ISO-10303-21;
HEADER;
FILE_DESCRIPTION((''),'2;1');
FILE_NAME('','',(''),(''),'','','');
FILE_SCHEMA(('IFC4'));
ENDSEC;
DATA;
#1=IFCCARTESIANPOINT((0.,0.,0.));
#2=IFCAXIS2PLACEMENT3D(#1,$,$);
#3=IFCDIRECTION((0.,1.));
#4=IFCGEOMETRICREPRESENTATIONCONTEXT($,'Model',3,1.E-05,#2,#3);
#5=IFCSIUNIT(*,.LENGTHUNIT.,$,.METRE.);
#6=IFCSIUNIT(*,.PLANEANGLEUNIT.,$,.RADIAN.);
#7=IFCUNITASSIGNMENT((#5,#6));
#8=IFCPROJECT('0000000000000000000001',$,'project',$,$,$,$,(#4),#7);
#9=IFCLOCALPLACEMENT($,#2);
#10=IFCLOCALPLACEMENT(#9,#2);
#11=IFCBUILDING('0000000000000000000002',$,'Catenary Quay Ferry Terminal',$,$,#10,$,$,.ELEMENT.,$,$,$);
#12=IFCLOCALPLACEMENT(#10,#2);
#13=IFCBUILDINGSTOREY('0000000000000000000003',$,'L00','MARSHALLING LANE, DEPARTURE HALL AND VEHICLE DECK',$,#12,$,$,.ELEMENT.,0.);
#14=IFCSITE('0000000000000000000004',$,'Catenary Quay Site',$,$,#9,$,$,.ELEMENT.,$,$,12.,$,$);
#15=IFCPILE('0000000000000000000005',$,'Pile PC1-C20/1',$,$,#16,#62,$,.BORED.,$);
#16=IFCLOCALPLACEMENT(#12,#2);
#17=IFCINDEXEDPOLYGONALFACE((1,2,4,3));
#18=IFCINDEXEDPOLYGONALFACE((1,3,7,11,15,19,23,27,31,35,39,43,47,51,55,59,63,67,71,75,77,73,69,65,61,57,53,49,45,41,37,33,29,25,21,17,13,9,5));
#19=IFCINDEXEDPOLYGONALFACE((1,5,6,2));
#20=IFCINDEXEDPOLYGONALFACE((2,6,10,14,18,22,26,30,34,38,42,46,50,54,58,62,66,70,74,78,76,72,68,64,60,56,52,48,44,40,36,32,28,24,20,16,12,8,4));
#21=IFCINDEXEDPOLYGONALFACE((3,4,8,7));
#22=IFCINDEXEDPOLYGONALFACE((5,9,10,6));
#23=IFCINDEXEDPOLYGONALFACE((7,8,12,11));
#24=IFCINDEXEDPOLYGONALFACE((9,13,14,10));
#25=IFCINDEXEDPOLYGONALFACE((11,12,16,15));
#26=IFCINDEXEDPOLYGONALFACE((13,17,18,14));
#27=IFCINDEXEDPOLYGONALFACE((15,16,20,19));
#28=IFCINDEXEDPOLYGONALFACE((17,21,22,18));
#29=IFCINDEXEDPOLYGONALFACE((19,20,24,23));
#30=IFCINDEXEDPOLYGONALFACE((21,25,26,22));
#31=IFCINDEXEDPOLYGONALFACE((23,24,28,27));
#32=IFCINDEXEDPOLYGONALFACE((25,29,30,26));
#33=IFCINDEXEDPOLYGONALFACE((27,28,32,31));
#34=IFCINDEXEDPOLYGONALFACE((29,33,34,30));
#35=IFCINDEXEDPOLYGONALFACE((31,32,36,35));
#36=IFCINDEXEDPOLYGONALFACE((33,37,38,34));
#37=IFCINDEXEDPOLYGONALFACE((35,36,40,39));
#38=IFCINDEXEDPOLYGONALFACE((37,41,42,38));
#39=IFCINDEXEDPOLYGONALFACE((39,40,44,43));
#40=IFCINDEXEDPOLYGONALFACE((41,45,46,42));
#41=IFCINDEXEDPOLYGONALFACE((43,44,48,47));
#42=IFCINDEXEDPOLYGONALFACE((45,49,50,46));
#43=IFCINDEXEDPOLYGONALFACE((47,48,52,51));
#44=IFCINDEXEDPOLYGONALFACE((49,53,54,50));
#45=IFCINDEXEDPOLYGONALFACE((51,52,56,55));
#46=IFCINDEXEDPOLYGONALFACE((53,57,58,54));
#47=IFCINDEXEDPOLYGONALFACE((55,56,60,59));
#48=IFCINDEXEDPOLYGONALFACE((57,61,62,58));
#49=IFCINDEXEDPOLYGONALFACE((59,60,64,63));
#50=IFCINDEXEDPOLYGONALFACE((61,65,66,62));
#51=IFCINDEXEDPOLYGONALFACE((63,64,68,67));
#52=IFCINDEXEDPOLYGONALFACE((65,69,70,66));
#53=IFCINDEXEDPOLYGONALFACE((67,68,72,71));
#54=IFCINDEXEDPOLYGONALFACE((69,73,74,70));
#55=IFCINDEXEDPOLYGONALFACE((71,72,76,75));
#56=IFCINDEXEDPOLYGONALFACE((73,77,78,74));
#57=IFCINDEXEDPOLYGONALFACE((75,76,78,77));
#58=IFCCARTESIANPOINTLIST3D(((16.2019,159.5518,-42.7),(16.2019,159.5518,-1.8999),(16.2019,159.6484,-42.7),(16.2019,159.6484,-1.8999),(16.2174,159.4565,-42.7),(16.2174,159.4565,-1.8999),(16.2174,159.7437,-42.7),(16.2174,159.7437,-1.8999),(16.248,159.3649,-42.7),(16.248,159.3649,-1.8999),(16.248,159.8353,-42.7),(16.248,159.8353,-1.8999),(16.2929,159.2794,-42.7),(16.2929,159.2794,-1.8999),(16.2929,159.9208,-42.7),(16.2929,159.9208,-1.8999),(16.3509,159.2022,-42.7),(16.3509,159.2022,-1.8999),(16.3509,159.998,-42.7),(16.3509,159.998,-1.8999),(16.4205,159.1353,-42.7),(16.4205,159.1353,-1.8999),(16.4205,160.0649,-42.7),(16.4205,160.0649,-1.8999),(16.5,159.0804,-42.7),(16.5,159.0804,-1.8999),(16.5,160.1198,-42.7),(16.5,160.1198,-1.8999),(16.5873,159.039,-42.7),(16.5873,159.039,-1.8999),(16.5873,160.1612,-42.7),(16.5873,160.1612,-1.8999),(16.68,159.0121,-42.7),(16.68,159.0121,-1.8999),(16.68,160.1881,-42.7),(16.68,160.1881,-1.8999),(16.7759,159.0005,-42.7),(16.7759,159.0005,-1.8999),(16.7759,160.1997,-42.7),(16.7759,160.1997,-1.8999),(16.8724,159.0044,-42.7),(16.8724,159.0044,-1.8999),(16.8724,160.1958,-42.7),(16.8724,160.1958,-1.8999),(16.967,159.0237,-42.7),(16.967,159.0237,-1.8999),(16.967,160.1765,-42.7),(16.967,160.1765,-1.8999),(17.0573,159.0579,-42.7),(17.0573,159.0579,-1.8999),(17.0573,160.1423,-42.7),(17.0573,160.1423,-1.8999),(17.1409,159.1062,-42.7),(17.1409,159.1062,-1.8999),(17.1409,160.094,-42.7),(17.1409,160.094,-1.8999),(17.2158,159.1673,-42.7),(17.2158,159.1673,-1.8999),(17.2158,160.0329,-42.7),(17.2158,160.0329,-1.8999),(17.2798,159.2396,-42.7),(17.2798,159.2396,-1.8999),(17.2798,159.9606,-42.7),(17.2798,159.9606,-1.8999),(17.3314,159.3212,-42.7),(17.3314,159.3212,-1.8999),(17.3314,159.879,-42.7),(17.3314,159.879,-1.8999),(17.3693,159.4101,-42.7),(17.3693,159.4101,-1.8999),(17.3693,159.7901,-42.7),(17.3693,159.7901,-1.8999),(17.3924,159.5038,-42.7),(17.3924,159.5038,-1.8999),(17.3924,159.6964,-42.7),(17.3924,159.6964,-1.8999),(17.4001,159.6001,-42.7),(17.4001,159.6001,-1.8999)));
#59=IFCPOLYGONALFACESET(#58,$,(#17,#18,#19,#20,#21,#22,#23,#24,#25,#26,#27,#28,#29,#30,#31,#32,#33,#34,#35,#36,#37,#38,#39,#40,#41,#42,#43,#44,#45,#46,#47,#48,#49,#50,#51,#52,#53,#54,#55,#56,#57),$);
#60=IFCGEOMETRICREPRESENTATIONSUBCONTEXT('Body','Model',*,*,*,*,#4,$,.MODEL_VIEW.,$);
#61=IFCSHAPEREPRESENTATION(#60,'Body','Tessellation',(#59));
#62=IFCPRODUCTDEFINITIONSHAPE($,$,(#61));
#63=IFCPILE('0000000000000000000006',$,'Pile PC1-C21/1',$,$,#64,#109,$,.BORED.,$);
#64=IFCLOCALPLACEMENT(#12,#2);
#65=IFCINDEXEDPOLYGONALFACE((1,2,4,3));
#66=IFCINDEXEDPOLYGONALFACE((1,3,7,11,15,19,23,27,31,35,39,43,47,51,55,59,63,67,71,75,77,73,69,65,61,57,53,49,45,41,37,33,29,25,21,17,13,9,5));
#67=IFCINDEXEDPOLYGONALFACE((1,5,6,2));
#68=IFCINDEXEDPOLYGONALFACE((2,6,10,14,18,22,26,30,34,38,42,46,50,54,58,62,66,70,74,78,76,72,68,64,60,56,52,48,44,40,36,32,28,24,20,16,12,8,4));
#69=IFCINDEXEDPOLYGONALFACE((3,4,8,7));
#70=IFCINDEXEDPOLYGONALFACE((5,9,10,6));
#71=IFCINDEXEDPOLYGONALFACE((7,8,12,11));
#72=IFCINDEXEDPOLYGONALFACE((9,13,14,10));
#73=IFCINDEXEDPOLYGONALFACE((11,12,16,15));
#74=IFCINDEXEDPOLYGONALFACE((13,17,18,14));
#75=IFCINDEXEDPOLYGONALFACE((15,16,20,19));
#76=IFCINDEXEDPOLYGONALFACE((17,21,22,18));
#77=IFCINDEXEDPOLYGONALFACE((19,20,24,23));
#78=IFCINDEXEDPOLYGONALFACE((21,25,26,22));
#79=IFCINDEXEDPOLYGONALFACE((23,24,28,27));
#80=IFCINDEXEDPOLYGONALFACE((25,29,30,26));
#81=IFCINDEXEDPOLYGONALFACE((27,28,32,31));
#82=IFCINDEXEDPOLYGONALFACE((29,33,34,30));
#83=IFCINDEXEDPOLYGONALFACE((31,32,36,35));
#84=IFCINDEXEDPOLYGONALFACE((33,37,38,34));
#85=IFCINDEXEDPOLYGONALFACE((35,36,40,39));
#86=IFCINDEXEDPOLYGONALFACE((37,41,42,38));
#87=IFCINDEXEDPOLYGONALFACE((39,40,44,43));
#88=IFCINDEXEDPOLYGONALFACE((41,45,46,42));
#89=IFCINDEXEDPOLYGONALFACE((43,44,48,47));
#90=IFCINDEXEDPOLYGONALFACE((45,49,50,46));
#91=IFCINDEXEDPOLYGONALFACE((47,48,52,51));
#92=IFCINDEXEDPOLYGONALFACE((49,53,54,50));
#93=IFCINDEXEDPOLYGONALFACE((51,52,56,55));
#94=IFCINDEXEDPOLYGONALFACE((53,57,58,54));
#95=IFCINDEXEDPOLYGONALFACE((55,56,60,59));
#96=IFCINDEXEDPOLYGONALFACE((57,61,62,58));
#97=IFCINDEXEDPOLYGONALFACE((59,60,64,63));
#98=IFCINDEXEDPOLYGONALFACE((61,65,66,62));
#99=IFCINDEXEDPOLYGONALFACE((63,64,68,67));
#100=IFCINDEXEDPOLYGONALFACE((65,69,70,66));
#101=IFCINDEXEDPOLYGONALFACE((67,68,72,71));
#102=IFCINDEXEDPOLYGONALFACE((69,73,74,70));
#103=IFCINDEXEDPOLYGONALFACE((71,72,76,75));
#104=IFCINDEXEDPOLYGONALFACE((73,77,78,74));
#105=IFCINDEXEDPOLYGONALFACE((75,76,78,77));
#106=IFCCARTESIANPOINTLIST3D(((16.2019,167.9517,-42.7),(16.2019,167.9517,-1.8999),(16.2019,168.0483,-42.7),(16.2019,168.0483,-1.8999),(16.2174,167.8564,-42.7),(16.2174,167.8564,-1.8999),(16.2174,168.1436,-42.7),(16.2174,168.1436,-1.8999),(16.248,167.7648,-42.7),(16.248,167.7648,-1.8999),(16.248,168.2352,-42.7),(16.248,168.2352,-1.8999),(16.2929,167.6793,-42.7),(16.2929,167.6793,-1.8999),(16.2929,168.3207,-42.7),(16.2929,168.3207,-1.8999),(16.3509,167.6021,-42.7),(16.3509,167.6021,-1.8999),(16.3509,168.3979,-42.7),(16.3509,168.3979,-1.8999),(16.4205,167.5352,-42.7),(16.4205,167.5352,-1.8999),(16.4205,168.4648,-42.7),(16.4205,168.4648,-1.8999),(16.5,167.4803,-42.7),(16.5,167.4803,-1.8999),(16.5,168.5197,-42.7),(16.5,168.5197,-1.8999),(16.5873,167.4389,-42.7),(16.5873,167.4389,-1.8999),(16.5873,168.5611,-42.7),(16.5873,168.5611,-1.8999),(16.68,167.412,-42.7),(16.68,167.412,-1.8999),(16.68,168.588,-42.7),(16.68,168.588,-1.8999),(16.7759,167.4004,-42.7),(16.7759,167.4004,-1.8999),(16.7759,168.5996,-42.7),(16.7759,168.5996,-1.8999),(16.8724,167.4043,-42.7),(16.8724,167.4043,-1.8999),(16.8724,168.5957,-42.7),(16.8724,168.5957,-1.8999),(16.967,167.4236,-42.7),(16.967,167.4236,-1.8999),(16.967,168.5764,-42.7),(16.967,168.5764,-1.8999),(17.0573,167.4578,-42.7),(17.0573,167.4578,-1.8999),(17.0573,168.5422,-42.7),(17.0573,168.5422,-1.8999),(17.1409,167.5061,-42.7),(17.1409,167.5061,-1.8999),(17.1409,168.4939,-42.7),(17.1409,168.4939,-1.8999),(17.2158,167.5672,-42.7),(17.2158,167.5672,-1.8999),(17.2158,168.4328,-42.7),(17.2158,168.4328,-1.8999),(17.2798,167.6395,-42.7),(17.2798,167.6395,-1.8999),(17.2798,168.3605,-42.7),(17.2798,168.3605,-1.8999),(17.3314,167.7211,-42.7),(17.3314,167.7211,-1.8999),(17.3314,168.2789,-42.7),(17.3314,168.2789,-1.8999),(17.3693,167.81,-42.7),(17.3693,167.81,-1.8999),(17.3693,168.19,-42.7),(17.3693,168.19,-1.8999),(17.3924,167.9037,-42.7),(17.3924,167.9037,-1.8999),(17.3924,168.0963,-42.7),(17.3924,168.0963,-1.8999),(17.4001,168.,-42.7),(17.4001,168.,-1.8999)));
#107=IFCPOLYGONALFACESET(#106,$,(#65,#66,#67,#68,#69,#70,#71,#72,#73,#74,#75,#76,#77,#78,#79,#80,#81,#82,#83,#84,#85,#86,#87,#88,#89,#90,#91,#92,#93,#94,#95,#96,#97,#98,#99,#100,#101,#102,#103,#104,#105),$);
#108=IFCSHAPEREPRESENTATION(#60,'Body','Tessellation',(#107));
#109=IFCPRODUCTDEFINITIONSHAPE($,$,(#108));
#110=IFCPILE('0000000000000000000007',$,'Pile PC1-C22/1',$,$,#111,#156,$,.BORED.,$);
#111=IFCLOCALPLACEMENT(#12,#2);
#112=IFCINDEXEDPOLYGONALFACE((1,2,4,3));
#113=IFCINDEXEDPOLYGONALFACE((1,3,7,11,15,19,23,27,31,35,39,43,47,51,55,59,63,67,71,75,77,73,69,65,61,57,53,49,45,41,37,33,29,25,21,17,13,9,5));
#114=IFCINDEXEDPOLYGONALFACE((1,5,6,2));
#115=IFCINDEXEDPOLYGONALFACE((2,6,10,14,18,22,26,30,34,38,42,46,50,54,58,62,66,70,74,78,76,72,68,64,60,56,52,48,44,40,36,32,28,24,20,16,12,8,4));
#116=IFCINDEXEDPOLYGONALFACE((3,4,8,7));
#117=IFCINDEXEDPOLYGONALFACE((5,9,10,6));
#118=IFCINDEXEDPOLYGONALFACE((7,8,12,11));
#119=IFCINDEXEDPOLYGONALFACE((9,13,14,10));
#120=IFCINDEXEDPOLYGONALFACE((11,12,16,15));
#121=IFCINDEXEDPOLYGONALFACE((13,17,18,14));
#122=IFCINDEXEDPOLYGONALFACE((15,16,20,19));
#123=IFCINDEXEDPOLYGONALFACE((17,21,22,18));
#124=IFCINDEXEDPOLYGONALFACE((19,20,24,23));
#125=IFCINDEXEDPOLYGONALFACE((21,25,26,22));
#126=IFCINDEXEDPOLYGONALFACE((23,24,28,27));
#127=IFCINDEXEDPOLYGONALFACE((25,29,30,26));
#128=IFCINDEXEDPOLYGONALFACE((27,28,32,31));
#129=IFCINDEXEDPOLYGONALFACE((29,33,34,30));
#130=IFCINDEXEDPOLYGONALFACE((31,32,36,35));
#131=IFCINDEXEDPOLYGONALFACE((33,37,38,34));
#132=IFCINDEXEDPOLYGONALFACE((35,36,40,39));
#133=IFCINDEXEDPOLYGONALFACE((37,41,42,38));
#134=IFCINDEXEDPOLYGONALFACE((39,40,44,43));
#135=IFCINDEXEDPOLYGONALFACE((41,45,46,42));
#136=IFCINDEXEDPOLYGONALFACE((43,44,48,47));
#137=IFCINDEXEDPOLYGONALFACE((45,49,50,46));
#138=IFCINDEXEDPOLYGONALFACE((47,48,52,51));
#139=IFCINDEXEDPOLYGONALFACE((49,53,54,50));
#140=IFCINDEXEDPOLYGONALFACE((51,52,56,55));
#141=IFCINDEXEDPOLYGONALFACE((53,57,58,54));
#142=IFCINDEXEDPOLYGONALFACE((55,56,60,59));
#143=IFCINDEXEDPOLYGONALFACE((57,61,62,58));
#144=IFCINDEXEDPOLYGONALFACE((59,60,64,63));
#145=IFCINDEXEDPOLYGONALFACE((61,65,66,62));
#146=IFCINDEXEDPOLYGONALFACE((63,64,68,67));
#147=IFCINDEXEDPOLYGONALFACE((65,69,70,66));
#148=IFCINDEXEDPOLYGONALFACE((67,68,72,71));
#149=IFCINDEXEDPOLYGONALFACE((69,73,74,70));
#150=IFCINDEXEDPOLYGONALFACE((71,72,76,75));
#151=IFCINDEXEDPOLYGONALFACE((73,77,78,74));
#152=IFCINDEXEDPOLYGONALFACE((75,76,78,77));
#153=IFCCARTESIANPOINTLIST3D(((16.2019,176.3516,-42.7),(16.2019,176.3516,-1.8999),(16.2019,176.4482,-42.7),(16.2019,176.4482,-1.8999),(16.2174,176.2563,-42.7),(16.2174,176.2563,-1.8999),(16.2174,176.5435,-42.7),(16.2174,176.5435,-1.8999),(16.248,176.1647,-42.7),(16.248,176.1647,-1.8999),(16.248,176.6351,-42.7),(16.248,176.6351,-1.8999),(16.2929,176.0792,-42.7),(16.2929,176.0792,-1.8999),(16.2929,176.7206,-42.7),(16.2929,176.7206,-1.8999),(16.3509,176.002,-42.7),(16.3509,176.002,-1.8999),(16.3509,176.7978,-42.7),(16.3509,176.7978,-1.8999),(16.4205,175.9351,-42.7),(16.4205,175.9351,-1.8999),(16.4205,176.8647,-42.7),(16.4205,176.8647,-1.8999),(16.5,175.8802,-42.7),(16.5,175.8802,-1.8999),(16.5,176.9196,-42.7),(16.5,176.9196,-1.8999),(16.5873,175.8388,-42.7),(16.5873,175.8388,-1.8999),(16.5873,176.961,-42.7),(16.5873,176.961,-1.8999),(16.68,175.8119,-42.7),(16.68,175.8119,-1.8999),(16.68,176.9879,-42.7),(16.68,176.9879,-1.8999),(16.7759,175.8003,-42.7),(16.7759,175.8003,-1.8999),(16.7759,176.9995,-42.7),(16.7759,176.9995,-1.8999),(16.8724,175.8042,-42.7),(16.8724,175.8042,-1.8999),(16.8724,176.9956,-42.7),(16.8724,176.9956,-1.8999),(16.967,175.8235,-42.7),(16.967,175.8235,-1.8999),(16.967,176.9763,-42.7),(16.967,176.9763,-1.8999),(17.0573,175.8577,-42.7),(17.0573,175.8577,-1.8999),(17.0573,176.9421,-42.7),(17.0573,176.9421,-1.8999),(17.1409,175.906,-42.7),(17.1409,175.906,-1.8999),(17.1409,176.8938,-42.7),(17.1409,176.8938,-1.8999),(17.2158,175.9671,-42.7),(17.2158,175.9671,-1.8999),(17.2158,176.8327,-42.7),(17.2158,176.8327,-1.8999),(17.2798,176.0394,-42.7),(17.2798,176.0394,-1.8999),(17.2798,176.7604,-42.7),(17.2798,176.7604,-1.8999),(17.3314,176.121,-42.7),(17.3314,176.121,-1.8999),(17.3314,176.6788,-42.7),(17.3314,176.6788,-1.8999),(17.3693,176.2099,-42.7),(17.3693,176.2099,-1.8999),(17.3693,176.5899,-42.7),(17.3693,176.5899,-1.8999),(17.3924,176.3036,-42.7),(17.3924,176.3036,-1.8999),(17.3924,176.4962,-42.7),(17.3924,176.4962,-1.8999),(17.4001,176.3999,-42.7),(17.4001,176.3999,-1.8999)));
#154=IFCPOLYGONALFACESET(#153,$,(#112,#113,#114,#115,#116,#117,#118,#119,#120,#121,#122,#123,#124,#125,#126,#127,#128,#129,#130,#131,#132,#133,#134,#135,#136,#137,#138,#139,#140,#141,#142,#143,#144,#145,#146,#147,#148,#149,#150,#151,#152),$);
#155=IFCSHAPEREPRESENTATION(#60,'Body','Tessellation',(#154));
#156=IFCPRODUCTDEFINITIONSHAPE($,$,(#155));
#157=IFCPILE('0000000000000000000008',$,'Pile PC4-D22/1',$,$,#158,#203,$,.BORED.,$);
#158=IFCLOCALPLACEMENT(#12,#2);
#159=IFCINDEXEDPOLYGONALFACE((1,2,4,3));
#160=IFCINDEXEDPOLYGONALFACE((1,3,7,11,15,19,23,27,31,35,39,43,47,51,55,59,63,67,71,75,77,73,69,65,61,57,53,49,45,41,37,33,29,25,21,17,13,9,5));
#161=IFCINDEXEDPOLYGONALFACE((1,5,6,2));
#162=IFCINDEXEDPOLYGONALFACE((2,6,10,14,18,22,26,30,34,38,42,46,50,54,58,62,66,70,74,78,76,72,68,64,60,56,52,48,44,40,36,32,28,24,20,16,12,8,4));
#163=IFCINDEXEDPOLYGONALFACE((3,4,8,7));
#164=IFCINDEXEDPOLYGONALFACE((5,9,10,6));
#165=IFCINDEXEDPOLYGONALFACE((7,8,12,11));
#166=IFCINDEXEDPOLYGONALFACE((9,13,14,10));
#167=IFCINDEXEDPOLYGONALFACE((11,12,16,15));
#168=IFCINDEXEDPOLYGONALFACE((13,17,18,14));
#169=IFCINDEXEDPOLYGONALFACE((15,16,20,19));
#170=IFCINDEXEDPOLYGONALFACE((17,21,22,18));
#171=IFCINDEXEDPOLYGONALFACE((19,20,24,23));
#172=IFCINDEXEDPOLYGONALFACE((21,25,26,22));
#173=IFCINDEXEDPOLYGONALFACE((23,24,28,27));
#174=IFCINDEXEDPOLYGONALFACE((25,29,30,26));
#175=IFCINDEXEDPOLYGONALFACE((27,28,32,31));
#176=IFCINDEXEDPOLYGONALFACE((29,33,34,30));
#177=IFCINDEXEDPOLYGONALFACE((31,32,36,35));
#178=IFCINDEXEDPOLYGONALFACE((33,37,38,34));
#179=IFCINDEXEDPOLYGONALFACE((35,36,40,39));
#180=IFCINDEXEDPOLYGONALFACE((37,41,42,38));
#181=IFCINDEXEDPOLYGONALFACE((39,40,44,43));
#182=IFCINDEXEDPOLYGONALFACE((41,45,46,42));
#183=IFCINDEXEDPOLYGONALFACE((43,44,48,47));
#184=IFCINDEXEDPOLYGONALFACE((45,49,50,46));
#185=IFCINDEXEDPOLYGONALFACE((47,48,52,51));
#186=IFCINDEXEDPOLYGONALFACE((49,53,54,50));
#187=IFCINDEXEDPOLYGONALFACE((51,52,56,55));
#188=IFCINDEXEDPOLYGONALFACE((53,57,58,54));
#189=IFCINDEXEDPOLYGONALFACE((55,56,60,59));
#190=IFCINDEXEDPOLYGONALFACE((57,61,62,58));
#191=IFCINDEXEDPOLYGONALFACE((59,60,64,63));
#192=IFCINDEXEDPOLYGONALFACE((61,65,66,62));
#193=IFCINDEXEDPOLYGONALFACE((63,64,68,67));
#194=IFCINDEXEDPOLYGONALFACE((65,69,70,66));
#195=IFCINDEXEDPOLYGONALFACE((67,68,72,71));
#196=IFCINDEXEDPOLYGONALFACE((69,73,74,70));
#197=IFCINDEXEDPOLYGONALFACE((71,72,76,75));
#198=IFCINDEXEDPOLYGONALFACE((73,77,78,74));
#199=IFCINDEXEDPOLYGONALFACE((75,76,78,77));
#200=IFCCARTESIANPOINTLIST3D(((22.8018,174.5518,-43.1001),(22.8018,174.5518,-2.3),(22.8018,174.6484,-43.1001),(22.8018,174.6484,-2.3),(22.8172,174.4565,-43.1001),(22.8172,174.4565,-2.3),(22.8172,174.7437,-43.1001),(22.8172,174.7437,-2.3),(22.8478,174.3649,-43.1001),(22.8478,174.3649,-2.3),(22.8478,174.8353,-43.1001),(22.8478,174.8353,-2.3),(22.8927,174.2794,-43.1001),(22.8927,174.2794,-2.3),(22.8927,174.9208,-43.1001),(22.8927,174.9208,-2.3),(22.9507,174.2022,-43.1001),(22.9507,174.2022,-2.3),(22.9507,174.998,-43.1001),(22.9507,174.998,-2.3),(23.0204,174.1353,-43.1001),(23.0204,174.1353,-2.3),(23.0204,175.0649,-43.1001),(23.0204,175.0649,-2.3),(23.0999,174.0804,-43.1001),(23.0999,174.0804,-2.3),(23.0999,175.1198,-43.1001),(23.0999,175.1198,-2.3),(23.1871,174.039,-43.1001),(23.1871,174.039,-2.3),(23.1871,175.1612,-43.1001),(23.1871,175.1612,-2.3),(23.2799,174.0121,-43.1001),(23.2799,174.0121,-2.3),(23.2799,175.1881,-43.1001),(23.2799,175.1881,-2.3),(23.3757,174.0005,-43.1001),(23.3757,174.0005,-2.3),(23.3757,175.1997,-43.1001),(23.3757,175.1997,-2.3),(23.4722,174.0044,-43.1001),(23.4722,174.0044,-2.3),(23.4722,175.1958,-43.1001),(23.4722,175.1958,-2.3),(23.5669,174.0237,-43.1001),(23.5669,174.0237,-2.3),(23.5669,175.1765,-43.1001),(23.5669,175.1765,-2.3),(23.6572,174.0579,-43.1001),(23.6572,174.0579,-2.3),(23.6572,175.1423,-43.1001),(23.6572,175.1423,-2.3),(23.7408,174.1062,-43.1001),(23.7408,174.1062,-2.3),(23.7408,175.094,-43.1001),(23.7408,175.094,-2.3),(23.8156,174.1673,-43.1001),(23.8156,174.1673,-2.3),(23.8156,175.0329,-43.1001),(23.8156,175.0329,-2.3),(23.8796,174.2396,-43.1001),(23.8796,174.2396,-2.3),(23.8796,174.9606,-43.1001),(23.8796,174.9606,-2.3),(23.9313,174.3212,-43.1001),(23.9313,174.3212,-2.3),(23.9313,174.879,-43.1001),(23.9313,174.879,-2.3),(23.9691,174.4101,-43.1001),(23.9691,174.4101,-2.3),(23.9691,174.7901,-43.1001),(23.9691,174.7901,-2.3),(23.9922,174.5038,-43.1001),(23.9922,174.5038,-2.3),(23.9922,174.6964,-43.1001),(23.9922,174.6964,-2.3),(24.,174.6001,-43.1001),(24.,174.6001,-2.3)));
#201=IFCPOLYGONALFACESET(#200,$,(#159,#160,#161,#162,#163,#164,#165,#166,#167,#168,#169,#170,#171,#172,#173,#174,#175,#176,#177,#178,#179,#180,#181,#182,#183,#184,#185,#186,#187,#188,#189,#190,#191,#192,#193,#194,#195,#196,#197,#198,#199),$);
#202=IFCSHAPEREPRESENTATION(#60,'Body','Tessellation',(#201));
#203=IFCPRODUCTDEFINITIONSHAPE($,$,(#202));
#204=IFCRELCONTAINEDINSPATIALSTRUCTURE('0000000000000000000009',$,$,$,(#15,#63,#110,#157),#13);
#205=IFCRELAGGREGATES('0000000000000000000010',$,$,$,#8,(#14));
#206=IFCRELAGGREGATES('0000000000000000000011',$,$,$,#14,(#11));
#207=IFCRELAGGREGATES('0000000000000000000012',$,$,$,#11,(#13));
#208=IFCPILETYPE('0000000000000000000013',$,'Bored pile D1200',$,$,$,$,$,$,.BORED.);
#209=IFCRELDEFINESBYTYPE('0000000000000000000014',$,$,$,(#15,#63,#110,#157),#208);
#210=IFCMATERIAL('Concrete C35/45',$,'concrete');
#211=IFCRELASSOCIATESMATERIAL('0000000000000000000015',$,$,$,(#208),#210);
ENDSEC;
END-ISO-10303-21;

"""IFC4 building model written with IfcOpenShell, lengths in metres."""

from ifc_helpers import new_model, si_unit, direction, frame, origin, origin_2d, place, context, subcontext, project, spatial, circle, extrude, material, material_profile, profile_set, type_object, element, save


model = new_model("IFC4")

# Units and contexts
model_context = context("Model", 3, precision=1e-05, world=origin(), true_north=direction((0.0, 1.0)))
body_context = subcontext(model_context, "Body", "Model", "MODEL_VIEW")
ifc_project = project(units=[si_unit("LENGTHUNIT", "METRE"), si_unit("PLANEANGLEUNIT", "RADIAN")], contexts=[model_context])

# Site, building, storey
site_placement = place(None, origin())
site = spatial("IfcSite", under=ifc_project, at=site_placement, Name="Catenary Quay Site", CompositionType="ELEMENT", RefElevation=12.0)
building_placement = place(site_placement, origin())
building = spatial("IfcBuilding", under=site, at=building_placement, Name="Catenary Quay Ferry Terminal", CompositionType="ELEMENT")
storey_placement = place(building_placement, origin())
storey = spatial("IfcBuildingStorey", under=building, at=storey_placement, Name="L00", Description="MARSHALLING LANE, DEPARTURE HALL AND VEHICLE DECK", CompositionType="ELEMENT", Elevation=0.0)

# Piles
ifc_material_1 = material(Name="Concrete C35/45", Category="concrete")
ifc_material_profile_1 = material_profile(ifc_material_1, circle(Radius=0.6001, at=origin_2d()), Name="D1200")
ifc_profile_set_1 = profile_set([ifc_material_profile_1], Name="Concrete C35/45")
pile_type = type_object("IfcPileType", Name="Bored pile D1200", PredefinedType="BORED", material=ifc_profile_set_1)
for number, where, z_axis, x_axis, name in (
    (1, (16.8, 159.6001, -1.8999), (0.0, 0.0, -1.0), (1.0, 0.0, 0.0), "Pile PC1-C20/1"),
    (2, (16.8, 168.0, -1.8999), (0.0, 0.0, -1.0), (1.0, 0.0, 0.0), "Pile PC1-C21/1"),
    (3, (16.8, 176.3999, -1.8999), (0.0, 0.0, -1.0), (1.0, 0.0, 0.0), "Pile PC1-C22/1"),
    (4, (23.3999, 174.6001, -2.3), (0.0, 0.0, -1.0), (1.0, 0.0, 0.0), "Pile PC4-D22/1"),
):
    element("IfcPile", number, at=place(storey_placement, frame(where, z_axis=z_axis, x_axis=x_axis)), inside=storey, type_object=pile_type, Name=name, PredefinedType="BORED", context=body_context, shape_type="SweptSolid", body=[
        extrude(circle(Radius=0.6001, at=origin_2d()), origin(), (0.0, 0.0, 1.0), 40.8),
    ])

save(model, "model.ifc")
